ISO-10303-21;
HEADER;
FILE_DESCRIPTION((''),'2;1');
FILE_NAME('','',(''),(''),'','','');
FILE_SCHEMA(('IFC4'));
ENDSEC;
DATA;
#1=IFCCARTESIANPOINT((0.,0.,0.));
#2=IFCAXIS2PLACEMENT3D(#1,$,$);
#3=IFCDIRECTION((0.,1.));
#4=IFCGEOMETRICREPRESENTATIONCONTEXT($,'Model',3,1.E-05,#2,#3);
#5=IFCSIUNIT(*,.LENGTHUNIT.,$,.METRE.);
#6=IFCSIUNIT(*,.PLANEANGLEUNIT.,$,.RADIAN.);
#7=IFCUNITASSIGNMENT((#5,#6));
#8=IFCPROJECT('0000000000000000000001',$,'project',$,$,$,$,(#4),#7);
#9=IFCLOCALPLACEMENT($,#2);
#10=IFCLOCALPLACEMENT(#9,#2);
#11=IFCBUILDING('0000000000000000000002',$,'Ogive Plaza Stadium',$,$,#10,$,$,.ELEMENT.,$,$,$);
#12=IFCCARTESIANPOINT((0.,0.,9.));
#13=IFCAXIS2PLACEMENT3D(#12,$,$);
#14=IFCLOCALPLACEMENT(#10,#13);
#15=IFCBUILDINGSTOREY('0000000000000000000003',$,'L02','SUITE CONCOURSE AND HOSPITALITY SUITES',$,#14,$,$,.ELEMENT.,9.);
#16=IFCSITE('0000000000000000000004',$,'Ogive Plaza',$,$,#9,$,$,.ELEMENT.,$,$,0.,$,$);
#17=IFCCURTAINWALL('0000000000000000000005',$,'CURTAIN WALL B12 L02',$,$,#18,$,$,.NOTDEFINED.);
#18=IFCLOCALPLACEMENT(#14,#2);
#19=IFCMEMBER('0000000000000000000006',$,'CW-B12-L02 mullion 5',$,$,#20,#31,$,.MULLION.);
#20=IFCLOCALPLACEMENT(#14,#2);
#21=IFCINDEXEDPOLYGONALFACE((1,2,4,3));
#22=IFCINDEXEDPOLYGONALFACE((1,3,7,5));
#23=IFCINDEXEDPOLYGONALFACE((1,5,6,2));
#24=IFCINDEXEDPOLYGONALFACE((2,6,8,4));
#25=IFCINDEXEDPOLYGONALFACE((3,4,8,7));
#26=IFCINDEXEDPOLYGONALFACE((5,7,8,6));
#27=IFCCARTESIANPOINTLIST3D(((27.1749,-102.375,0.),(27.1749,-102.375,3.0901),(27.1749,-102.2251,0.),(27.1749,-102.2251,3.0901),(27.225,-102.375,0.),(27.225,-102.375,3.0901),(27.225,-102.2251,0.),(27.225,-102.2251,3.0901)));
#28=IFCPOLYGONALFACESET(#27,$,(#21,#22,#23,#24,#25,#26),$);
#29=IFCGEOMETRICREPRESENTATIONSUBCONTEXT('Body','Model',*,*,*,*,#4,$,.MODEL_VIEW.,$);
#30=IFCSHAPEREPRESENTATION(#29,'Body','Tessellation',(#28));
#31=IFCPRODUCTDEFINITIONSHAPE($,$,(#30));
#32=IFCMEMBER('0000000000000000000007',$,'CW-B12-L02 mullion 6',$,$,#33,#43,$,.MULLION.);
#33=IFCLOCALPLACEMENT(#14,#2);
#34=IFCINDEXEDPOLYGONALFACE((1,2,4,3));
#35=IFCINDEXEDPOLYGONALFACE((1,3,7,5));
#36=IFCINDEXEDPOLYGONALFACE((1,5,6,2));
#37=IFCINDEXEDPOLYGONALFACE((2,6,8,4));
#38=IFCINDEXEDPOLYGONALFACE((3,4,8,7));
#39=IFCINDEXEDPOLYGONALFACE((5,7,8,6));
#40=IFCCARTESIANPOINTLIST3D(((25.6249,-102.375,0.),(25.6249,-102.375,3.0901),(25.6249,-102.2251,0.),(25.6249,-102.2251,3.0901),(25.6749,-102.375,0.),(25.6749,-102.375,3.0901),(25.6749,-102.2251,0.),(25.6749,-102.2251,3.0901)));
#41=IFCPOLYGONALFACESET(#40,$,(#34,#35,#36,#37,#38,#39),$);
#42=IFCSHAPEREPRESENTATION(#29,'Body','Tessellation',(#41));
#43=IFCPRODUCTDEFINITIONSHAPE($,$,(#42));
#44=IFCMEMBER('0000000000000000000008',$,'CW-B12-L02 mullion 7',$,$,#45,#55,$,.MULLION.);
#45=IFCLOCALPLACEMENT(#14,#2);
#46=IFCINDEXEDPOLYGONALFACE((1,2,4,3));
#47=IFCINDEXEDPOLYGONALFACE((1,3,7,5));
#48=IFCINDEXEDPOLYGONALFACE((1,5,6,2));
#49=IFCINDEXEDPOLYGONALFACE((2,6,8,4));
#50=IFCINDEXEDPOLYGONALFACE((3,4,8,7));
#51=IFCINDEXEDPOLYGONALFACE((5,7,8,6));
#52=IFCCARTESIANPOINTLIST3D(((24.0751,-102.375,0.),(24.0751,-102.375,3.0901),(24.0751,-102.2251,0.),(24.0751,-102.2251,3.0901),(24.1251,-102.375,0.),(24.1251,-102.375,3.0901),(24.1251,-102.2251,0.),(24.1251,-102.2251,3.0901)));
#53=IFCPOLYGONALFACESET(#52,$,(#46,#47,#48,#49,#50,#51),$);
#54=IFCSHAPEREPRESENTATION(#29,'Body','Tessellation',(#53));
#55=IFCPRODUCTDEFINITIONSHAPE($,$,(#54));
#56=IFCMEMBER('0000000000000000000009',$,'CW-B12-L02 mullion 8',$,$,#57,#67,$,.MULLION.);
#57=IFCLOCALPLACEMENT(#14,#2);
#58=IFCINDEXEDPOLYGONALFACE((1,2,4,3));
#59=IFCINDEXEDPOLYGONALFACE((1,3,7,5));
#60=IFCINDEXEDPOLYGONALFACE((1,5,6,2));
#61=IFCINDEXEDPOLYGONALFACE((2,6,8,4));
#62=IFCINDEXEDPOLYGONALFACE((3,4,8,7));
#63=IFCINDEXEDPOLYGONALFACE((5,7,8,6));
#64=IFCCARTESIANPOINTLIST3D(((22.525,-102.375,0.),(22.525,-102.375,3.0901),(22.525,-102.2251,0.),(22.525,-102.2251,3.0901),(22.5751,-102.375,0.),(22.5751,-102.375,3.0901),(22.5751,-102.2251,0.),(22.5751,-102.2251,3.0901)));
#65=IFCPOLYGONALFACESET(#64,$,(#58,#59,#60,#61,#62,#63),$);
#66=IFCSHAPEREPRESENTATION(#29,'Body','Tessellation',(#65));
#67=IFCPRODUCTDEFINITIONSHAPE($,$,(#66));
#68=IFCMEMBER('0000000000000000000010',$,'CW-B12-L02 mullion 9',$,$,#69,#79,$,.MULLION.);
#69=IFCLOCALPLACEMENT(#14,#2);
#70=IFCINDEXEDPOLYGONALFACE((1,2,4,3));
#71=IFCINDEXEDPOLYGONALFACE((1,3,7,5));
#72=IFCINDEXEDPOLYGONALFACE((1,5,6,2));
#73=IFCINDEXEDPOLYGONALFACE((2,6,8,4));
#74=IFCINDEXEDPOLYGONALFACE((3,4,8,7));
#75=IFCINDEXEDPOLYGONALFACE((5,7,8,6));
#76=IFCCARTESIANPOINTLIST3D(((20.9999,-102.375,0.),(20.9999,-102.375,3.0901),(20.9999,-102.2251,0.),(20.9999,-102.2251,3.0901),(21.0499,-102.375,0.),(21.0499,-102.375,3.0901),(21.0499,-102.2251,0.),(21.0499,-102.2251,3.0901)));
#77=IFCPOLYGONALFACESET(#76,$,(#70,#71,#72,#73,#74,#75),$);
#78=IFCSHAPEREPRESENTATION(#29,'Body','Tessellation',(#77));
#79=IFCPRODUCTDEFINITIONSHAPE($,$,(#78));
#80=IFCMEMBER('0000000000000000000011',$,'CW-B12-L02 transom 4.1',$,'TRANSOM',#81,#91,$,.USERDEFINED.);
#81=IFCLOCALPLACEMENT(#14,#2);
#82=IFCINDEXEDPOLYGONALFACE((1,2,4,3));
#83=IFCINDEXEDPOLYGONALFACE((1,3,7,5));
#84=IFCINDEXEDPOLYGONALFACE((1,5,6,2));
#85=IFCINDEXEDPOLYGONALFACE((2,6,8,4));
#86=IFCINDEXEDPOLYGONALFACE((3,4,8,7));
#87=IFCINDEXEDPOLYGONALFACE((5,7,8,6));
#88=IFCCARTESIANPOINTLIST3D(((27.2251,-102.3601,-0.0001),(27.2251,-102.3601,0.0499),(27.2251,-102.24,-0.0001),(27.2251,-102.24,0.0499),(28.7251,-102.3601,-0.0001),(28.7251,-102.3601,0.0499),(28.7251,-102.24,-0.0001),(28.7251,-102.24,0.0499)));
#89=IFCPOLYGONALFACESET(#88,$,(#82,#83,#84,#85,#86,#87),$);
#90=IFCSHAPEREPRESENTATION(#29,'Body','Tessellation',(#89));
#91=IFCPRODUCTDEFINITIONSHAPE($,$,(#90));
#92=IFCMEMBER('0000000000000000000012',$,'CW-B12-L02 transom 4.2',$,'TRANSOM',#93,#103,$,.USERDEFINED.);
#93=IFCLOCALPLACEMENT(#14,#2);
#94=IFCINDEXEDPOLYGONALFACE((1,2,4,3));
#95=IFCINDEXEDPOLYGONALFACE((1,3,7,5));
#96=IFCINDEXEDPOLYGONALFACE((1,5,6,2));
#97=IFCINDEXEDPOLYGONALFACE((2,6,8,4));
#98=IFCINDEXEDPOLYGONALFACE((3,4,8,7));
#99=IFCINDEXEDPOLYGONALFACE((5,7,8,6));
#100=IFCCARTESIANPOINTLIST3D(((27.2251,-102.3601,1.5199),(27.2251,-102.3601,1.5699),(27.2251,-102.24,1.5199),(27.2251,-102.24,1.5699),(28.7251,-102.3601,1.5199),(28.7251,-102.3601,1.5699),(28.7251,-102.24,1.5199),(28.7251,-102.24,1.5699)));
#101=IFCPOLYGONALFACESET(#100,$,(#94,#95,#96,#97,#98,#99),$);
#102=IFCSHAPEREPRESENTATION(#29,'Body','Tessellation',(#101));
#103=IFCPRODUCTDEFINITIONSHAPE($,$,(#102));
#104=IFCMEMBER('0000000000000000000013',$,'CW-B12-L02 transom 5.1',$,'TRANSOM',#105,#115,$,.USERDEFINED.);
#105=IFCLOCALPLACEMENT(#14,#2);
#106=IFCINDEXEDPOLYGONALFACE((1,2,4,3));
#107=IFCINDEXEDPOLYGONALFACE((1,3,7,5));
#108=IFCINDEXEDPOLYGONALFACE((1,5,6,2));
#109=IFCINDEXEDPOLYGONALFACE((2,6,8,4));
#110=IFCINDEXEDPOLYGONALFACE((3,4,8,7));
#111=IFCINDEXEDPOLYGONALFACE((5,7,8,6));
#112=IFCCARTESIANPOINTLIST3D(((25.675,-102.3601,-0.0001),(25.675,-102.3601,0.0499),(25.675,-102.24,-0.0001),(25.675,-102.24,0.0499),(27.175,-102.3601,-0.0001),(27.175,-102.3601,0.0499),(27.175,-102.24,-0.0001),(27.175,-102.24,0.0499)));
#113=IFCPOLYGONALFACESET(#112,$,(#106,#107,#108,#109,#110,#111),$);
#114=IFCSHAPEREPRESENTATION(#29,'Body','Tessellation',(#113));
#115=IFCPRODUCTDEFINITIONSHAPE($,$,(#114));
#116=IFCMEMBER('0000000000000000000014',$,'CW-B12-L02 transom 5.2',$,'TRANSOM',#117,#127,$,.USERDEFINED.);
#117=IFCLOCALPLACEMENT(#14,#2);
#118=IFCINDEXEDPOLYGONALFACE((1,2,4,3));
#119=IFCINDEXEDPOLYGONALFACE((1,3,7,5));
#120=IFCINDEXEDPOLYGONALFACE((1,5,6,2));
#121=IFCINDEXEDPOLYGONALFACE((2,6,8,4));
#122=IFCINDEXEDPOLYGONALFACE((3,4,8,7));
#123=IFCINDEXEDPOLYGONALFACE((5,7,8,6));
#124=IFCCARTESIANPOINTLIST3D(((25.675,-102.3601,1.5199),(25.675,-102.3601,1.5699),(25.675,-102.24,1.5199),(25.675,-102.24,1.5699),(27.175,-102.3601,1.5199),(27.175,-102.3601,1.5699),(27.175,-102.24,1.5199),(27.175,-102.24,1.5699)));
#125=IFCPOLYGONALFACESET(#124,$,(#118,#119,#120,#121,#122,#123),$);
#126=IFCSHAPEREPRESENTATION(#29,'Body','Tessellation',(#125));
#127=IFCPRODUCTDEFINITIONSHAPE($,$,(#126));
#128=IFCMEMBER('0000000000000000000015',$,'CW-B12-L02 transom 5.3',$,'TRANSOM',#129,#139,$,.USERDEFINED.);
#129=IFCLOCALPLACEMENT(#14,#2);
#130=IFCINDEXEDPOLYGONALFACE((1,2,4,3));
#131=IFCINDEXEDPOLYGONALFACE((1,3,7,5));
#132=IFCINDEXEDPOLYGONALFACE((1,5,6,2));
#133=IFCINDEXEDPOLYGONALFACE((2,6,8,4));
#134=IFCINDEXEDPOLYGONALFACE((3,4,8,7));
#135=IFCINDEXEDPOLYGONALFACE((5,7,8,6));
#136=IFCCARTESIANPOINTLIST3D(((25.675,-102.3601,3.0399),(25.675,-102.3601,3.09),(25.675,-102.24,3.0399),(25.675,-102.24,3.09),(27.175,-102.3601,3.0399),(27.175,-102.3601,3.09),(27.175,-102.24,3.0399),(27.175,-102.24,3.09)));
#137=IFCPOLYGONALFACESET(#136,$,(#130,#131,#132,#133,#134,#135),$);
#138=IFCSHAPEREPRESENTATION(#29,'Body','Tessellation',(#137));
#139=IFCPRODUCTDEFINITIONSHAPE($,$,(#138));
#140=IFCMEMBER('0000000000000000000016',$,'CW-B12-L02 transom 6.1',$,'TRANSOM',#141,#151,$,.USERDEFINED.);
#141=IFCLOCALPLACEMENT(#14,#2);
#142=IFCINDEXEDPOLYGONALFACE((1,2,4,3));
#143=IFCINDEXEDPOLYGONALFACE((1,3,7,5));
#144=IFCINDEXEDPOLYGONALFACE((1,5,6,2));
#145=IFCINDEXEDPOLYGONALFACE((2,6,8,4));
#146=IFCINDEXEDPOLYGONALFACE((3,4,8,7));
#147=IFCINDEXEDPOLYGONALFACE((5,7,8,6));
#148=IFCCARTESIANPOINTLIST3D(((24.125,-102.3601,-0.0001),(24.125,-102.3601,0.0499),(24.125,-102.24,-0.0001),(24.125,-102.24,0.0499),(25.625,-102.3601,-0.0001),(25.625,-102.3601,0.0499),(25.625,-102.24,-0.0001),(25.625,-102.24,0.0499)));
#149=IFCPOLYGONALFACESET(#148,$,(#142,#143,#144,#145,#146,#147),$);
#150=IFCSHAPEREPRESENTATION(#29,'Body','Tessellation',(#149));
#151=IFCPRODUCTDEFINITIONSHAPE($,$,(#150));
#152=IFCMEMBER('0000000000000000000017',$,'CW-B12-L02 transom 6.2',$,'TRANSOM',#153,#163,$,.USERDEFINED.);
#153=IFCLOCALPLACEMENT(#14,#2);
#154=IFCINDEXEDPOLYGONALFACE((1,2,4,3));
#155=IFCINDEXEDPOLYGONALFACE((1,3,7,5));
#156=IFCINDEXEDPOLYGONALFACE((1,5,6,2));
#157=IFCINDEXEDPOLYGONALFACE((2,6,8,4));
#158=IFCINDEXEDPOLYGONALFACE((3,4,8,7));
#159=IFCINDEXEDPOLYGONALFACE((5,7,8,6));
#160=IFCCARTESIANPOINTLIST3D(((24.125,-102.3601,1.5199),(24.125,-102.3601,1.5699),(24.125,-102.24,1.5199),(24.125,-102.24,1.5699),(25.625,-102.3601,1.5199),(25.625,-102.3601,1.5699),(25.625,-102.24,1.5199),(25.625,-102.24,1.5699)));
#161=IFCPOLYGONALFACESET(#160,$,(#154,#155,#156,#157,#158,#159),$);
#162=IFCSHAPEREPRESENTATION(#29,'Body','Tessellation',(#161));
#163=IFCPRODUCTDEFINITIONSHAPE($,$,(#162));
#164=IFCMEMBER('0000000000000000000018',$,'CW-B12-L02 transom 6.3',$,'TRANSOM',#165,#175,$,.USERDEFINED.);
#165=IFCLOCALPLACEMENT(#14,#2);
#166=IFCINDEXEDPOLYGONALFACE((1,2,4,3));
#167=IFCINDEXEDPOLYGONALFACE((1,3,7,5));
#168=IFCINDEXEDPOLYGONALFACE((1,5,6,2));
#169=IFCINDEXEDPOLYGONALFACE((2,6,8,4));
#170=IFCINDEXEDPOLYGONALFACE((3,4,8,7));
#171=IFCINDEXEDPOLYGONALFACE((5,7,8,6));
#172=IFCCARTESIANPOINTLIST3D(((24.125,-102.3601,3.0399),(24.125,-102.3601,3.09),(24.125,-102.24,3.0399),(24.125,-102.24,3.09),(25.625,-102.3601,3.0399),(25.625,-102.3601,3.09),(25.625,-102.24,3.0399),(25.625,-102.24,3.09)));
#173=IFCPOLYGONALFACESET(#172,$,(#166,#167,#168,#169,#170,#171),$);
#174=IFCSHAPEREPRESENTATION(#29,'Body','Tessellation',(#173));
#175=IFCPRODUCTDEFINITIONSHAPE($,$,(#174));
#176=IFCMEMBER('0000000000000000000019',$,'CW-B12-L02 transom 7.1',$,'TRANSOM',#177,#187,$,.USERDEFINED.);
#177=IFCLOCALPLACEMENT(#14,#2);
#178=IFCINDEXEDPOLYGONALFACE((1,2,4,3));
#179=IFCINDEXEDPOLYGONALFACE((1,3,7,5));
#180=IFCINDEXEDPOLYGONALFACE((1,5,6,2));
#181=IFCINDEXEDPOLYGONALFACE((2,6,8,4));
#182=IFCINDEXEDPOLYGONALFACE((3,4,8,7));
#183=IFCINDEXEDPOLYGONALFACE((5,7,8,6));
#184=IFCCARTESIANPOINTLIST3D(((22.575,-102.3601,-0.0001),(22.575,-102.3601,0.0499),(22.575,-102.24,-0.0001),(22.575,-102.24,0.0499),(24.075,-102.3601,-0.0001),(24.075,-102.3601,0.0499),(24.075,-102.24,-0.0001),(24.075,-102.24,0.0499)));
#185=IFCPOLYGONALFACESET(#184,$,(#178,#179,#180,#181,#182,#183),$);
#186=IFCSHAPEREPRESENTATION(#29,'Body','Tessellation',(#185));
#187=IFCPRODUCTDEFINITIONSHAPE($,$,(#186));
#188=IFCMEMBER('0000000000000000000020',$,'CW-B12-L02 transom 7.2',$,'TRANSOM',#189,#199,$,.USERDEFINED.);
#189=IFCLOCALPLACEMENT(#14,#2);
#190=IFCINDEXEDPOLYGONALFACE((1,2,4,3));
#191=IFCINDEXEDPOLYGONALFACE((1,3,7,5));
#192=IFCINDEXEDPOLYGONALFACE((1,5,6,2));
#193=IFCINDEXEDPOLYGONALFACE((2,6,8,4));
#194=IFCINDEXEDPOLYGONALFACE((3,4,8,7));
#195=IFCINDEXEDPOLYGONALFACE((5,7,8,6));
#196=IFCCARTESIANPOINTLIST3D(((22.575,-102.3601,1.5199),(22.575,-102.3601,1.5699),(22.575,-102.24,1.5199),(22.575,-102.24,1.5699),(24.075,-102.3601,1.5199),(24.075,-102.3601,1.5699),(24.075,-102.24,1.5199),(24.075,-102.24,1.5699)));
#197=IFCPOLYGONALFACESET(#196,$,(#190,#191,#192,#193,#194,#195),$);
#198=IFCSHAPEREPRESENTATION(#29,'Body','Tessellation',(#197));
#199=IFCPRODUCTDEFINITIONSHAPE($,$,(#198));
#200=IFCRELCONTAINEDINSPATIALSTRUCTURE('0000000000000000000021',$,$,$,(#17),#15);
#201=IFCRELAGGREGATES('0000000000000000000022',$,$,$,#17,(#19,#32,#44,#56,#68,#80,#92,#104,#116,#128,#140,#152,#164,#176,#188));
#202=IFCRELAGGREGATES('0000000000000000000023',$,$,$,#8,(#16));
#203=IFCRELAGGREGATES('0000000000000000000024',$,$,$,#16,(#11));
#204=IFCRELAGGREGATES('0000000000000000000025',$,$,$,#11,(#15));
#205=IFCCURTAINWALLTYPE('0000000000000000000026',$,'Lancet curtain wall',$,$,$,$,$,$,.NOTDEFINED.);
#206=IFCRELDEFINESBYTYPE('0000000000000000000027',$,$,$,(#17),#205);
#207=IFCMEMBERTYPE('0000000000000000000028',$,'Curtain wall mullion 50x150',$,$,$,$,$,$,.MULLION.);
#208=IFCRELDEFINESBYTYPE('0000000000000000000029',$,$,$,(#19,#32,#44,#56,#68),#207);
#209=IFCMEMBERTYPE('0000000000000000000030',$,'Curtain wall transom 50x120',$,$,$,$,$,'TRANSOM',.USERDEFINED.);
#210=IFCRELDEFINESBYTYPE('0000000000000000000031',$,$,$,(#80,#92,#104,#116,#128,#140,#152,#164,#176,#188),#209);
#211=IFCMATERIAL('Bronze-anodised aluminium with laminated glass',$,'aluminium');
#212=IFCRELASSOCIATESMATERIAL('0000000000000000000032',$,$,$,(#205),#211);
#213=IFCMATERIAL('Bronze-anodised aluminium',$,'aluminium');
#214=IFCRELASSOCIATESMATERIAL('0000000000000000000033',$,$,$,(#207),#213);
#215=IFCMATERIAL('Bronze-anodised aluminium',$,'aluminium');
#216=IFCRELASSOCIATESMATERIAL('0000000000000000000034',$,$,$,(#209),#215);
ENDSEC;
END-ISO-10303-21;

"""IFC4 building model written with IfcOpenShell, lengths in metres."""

from ifc_helpers import new_model, si_unit, direction, frame, origin, origin_2d, place, context, subcontext, project, spatial, rectangle, extrude, material, material_profile, profile_set, type_object, element, aggregate, save


model = new_model("IFC4")

# Units and contexts
model_context = context("Model", 3, precision=1e-05, world=origin(), true_north=direction((0.0, 1.0)))
body_context = subcontext(model_context, "Body", "Model", "MODEL_VIEW")
ifc_project = project(units=[si_unit("LENGTHUNIT", "METRE"), si_unit("PLANEANGLEUNIT", "RADIAN")], contexts=[model_context])

# Site, building, storey
site_placement = place(None, origin())
site = spatial("IfcSite", under=ifc_project, at=site_placement, Name="Ogive Plaza", CompositionType="ELEMENT", RefElevation=0.0)
building_placement = place(site_placement, origin())
building = spatial("IfcBuilding", under=site, at=building_placement, Name="Ogive Plaza Stadium", CompositionType="ELEMENT")
storey_placement = place(building_placement, frame((0.0, 0.0, 9.0)))
storey = spatial("IfcBuildingStorey", under=building, at=storey_placement, Name="L02", Description="SUITE CONCOURSE AND HOSPITALITY SUITES", CompositionType="ELEMENT", Elevation=9.0)

# Curtain wall, members
ifc_material_1 = material(Name="Bronze-anodised aluminium with laminated glass", Category="aluminium")
curtain_wall_type = type_object("IfcCurtainWallType", Name="Lancet curtain wall", PredefinedType="NOTDEFINED", material=ifc_material_1)
curtain_wall_placement = place(storey_placement, origin())
curtain_wall = element("IfcCurtainWall", 1, at=curtain_wall_placement, inside=storey, type_object=curtain_wall_type, Name="CURTAIN WALL B12 L02", PredefinedType="NOTDEFINED")
ifc_material_2 = material(Name="Bronze-anodised aluminium", Category="aluminium")
ifc_material_profile_1 = material_profile(ifc_material_2, rectangle(XDim=0.1499, YDim=0.05, at=origin_2d()), Name="AL 150x50")
ifc_profile_set_1 = profile_set([ifc_material_profile_1], Name="Bronze-anodised aluminium")
member_type_1 = type_object("IfcMemberType", Name="Curtain wall mullion 50x150", PredefinedType="MULLION", material=ifc_profile_set_1)
member_1_placement = place(storey_placement, frame((27.2, -102.3, 0.0), z_axis=(0.0, 0.0, 1.0), x_axis=(0.0, -1.0, 0.0)))
member_1 = element("IfcMember", 2, at=member_1_placement, type_object=member_type_1, Name="CW-B12-L02 mullion 5", PredefinedType="MULLION", context=body_context, shape_type="SweptSolid", body=[
    extrude(rectangle(XDim=0.1499, YDim=0.05, at=origin_2d()), origin(), (0.0, 0.0, 1.0), 3.0901),
])
member_2_placement = place(storey_placement, frame((25.6499, -102.3, 0.0), z_axis=(0.0, 0.0, 1.0), x_axis=(0.0, -1.0, 0.0)))
member_2 = element("IfcMember", 3, at=member_2_placement, type_object=member_type_1, Name="CW-B12-L02 mullion 6", PredefinedType="MULLION", context=body_context, shape_type="SweptSolid", body=[
    extrude(rectangle(XDim=0.1499, YDim=0.05, at=origin_2d()), origin(), (0.0, 0.0, 1.0), 3.0901),
])
member_3_placement = place(storey_placement, frame((24.1001, -102.3, 0.0), z_axis=(0.0, 0.0, 1.0), x_axis=(0.0, -1.0, 0.0)))
member_3 = element("IfcMember", 4, at=member_3_placement, type_object=member_type_1, Name="CW-B12-L02 mullion 7", PredefinedType="MULLION", context=body_context, shape_type="SweptSolid", body=[
    extrude(rectangle(XDim=0.1499, YDim=0.05, at=origin_2d()), origin(), (0.0, 0.0, 1.0), 3.0901),
])
member_4_placement = place(storey_placement, frame((22.55, -102.3, 0.0), z_axis=(0.0, 0.0, 1.0), x_axis=(0.0, -1.0, 0.0)))
member_4 = element("IfcMember", 5, at=member_4_placement, type_object=member_type_1, Name="CW-B12-L02 mullion 8", PredefinedType="MULLION", context=body_context, shape_type="SweptSolid", body=[
    extrude(rectangle(XDim=0.1499, YDim=0.05, at=origin_2d()), origin(), (0.0, 0.0, 1.0), 3.0901),
])
member_5_placement = place(storey_placement, frame((21.0249, -102.3, 0.0), z_axis=(0.0, 0.0, 1.0), x_axis=(0.0, -1.0, 0.0)))
member_5 = element("IfcMember", 6, at=member_5_placement, type_object=member_type_1, Name="CW-B12-L02 mullion 9", PredefinedType="MULLION", context=body_context, shape_type="SweptSolid", body=[
    extrude(rectangle(XDim=0.1499, YDim=0.05, at=origin_2d()), origin(), (0.0, 0.0, 1.0), 3.0901),
])
ifc_material_3 = material(Name="Bronze-anodised aluminium", Category="aluminium")
ifc_material_profile_2 = material_profile(ifc_material_3, rectangle(XDim=0.1201, YDim=0.05, at=origin_2d()), Name="AL 120x50")
ifc_profile_set_2 = profile_set([ifc_material_profile_2], Name="Bronze-anodised aluminium")
member_type_2 = type_object("IfcMemberType", Name="Curtain wall transom 50x120", ElementType="TRANSOM", PredefinedType="USERDEFINED", material=ifc_profile_set_2)
member_6_placement = place(storey_placement, frame((28.7251, -102.3, 0.0249), z_axis=(-1.0, 0.0, 0.0), x_axis=(0.0, -1.0, 0.0)))
member_6 = element("IfcMember", 7, at=member_6_placement, type_object=member_type_2, Name="CW-B12-L02 transom 4.1", ObjectType="TRANSOM", PredefinedType="USERDEFINED", context=body_context, shape_type="SweptSolid", body=[
    extrude(rectangle(XDim=0.1201, YDim=0.05, at=origin_2d()), origin(), (0.0, 0.0, 1.0), 1.5),
])
member_7_placement = place(storey_placement, frame((28.7251, -102.3, 1.5449), z_axis=(-1.0, 0.0, 0.0), x_axis=(0.0, -1.0, 0.0)))
member_7 = element("IfcMember", 8, at=member_7_placement, type_object=member_type_2, Name="CW-B12-L02 transom 4.2", ObjectType="TRANSOM", PredefinedType="USERDEFINED", context=body_context, shape_type="SweptSolid", body=[
    extrude(rectangle(XDim=0.1201, YDim=0.05, at=origin_2d()), origin(), (0.0, 0.0, 1.0), 1.5),
])
member_8_placement = place(storey_placement, frame((27.175, -102.3, 0.0249), z_axis=(-1.0, 0.0, 0.0), x_axis=(0.0, -1.0, 0.0)))
member_8 = element("IfcMember", 9, at=member_8_placement, type_object=member_type_2, Name="CW-B12-L02 transom 5.1", ObjectType="TRANSOM", PredefinedType="USERDEFINED", context=body_context, shape_type="SweptSolid", body=[
    extrude(rectangle(XDim=0.1201, YDim=0.05, at=origin_2d()), origin(), (0.0, 0.0, 1.0), 1.5),
])
member_9_placement = place(storey_placement, frame((27.175, -102.3, 1.5449), z_axis=(-1.0, 0.0, 0.0), x_axis=(0.0, -1.0, 0.0)))
member_9 = element("IfcMember", 10, at=member_9_placement, type_object=member_type_2, Name="CW-B12-L02 transom 5.2", ObjectType="TRANSOM", PredefinedType="USERDEFINED", context=body_context, shape_type="SweptSolid", body=[
    extrude(rectangle(XDim=0.1201, YDim=0.05, at=origin_2d()), origin(), (0.0, 0.0, 1.0), 1.5),
])
member_10_placement = place(storey_placement, frame((27.175, -102.3, 3.0649), z_axis=(-1.0, 0.0, 0.0), x_axis=(0.0, -1.0, 0.0)))
member_10 = element("IfcMember", 11, at=member_10_placement, type_object=member_type_2, Name="CW-B12-L02 transom 5.3", ObjectType="TRANSOM", PredefinedType="USERDEFINED", context=body_context, shape_type="SweptSolid", body=[
    extrude(rectangle(XDim=0.1201, YDim=0.05, at=origin_2d()), origin(), (0.0, 0.0, 1.0), 1.5),
])
member_11_placement = place(storey_placement, frame((25.625, -102.3, 0.0249), z_axis=(-1.0, 0.0, 0.0), x_axis=(0.0, -1.0, 0.0)))
member_11 = element("IfcMember", 12, at=member_11_placement, type_object=member_type_2, Name="CW-B12-L02 transom 6.1", ObjectType="TRANSOM", PredefinedType="USERDEFINED", context=body_context, shape_type="SweptSolid", body=[
    extrude(rectangle(XDim=0.1201, YDim=0.05, at=origin_2d()), origin(), (0.0, 0.0, 1.0), 1.5),
])
member_12_placement = place(storey_placement, frame((25.625, -102.3, 1.5449), z_axis=(-1.0, 0.0, 0.0), x_axis=(0.0, -1.0, 0.0)))
member_12 = element("IfcMember", 13, at=member_12_placement, type_object=member_type_2, Name="CW-B12-L02 transom 6.2", ObjectType="TRANSOM", PredefinedType="USERDEFINED", context=body_context, shape_type="SweptSolid", body=[
    extrude(rectangle(XDim=0.1201, YDim=0.05, at=origin_2d()), origin(), (0.0, 0.0, 1.0), 1.5),
])
member_13_placement = place(storey_placement, frame((25.625, -102.3, 3.0649), z_axis=(-1.0, 0.0, 0.0), x_axis=(0.0, -1.0, 0.0)))
member_13 = element("IfcMember", 14, at=member_13_placement, type_object=member_type_2, Name="CW-B12-L02 transom 6.3", ObjectType="TRANSOM", PredefinedType="USERDEFINED", context=body_context, shape_type="SweptSolid", body=[
    extrude(rectangle(XDim=0.1201, YDim=0.05, at=origin_2d()), origin(), (0.0, 0.0, 1.0), 1.5),
])
member_14_placement = place(storey_placement, frame((24.075, -102.3, 0.0249), z_axis=(-1.0, 0.0, 0.0), x_axis=(0.0, -1.0, 0.0)))
member_14 = element("IfcMember", 15, at=member_14_placement, type_object=member_type_2, Name="CW-B12-L02 transom 7.1", ObjectType="TRANSOM", PredefinedType="USERDEFINED", context=body_context, shape_type="SweptSolid", body=[
    extrude(rectangle(XDim=0.1201, YDim=0.05, at=origin_2d()), origin(), (0.0, 0.0, 1.0), 1.5),
])
member_15_placement = place(storey_placement, frame((24.075, -102.3, 1.5449), z_axis=(-1.0, 0.0, 0.0), x_axis=(0.0, -1.0, 0.0)))
member_15 = element("IfcMember", 16, at=member_15_placement, type_object=member_type_2, Name="CW-B12-L02 transom 7.2", ObjectType="TRANSOM", PredefinedType="USERDEFINED", context=body_context, shape_type="SweptSolid", body=[
    extrude(rectangle(XDim=0.1201, YDim=0.05, at=origin_2d()), origin(), (0.0, 0.0, 1.0), 1.5),
])
aggregate(curtain_wall, [member_1, member_2, member_3, member_4, member_5, member_6, member_7, member_8, member_9, member_10, member_11, member_12, member_13, member_14, member_15])

save(model, "model.ifc")
